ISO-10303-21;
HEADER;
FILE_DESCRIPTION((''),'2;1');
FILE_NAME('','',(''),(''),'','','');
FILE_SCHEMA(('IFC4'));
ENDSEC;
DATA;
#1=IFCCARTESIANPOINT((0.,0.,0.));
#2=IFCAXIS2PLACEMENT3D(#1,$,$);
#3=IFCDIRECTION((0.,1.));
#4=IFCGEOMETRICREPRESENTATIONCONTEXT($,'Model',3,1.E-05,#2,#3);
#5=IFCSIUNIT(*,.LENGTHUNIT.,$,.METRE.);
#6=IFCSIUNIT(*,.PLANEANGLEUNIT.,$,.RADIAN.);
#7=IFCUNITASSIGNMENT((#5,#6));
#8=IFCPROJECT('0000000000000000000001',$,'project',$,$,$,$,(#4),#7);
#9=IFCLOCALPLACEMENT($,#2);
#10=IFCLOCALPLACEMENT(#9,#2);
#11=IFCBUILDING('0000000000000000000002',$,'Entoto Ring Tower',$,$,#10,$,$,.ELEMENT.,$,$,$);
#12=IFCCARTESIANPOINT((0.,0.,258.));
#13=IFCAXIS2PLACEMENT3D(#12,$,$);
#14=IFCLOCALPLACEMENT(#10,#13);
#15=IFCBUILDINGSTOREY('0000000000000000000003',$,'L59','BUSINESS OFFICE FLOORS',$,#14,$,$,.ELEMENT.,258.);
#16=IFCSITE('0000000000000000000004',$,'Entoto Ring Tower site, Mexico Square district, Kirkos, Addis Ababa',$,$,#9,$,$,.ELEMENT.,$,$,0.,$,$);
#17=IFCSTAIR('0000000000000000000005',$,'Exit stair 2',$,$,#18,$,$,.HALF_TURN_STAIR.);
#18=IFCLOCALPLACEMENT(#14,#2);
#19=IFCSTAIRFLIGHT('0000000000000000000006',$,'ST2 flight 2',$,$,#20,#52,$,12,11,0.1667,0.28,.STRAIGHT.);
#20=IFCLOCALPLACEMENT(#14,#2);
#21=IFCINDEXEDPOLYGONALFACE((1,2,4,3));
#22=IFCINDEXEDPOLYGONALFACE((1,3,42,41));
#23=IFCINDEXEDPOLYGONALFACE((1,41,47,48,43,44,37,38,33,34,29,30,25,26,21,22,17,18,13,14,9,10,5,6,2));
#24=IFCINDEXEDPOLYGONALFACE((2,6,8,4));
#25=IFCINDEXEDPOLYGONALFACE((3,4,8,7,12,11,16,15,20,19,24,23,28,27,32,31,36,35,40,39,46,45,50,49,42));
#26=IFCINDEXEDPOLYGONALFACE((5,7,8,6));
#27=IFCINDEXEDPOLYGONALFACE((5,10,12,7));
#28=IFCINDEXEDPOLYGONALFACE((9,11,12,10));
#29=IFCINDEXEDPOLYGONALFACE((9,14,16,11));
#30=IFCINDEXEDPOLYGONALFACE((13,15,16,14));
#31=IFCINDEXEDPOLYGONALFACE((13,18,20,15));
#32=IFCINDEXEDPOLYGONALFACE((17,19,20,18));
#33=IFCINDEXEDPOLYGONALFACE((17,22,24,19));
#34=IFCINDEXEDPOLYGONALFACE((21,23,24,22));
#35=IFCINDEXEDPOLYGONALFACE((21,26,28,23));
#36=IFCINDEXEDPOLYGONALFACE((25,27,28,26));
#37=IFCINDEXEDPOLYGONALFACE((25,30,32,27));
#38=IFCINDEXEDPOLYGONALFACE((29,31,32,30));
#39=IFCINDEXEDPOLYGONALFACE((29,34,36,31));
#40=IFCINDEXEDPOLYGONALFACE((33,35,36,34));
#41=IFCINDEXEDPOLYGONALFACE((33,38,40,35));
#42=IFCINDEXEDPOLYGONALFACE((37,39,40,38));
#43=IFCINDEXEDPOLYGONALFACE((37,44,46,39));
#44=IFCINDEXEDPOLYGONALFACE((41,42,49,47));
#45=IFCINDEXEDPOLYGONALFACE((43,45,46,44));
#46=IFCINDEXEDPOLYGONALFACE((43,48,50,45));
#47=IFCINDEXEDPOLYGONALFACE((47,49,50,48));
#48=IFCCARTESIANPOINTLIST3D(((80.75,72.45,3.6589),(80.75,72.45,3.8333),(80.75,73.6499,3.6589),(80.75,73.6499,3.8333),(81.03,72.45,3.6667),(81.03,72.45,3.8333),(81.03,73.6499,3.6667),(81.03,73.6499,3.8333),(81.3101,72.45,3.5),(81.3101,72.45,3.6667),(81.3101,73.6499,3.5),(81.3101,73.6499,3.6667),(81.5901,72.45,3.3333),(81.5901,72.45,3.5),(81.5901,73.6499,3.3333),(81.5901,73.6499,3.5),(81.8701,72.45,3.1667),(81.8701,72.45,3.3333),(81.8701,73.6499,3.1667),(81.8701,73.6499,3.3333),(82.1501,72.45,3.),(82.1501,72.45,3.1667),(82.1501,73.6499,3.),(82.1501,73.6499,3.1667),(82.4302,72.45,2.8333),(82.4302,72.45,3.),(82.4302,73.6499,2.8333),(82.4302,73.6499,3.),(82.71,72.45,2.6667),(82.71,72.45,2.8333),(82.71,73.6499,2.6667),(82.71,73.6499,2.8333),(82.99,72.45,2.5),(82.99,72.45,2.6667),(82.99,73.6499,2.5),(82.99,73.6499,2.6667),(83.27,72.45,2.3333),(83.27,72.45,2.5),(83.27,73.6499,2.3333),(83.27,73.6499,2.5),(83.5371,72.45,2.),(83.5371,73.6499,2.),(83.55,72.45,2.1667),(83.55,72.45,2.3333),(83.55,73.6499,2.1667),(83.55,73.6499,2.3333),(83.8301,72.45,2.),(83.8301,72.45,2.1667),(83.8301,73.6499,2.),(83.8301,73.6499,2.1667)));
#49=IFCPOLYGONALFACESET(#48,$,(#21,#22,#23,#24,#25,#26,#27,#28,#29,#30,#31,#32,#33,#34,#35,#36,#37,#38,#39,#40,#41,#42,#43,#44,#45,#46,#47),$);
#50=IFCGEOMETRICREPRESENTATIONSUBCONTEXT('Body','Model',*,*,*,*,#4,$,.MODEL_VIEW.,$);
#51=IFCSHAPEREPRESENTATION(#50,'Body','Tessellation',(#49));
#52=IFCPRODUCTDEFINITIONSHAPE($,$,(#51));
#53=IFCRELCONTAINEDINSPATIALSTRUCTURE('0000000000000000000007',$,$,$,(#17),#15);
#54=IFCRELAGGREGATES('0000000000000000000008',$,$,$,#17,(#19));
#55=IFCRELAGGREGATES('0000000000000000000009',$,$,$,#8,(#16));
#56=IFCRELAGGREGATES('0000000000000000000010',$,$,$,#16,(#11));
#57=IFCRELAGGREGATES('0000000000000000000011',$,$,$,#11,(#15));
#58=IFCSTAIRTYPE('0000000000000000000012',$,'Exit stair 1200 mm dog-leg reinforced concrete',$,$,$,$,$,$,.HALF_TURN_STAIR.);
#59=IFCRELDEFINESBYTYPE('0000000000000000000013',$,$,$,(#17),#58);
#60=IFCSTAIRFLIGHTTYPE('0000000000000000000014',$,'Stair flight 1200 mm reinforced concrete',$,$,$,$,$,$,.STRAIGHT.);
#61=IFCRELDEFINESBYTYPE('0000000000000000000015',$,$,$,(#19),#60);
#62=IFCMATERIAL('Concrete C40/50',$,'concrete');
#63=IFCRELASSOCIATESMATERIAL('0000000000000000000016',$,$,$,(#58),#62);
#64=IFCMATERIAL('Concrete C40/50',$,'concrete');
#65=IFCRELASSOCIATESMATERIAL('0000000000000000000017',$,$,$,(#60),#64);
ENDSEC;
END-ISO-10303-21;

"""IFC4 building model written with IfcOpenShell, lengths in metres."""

from ifc_helpers import new_model, si_unit, direction, frame, origin, place, context, subcontext, project, spatial, polyline, outline, extrude, material, type_object, element, aggregate, save


model = new_model("IFC4")

# Units and contexts
model_context = context("Model", 3, precision=1e-05, world=origin(), true_north=direction((0.0, 1.0)))
body_context = subcontext(model_context, "Body", "Model", "MODEL_VIEW")
ifc_project = project(units=[si_unit("LENGTHUNIT", "METRE"), si_unit("PLANEANGLEUNIT", "RADIAN")], contexts=[model_context])

# Site, building, storey
site_placement = place(None, origin())
site = spatial("IfcSite", under=ifc_project, at=site_placement, Name="Entoto Ring Tower site, Mexico Square district, Kirkos, Addis Ababa", CompositionType="ELEMENT", RefElevation=0.0)
building_placement = place(site_placement, origin())
building = spatial("IfcBuilding", under=site, at=building_placement, Name="Entoto Ring Tower", CompositionType="ELEMENT")
storey_placement = place(building_placement, frame((0.0, 0.0, 258.0)))
storey = spatial("IfcBuildingStorey", under=building, at=storey_placement, Name="L59", Description="BUSINESS OFFICE FLOORS", CompositionType="ELEMENT", Elevation=258.0)

# Stair, stair flight
ifc_material_1 = material(Name="Concrete C40/50", Category="concrete")
stair_type = type_object("IfcStairType", Name="Exit stair 1200 mm dog-leg reinforced concrete", PredefinedType="HALF_TURN_STAIR", material=ifc_material_1)
stair_placement = place(storey_placement, origin())
stair = element("IfcStair", 1, at=stair_placement, inside=storey, type_object=stair_type, Name="Exit stair 2", PredefinedType="HALF_TURN_STAIR")
ifc_material_2 = material(Name="Concrete C40/50", Category="concrete")
stair_flight_type = type_object("IfcStairFlightType", Name="Stair flight 1200 mm reinforced concrete", PredefinedType="STRAIGHT", material=ifc_material_2)
stair_flight_1_placement = place(storey_placement, frame((83.8301, 73.05, 2.0), z_axis=(0.0, 0.0, 1.0), x_axis=(-1.0, 0.0, 0.0)))
stair_flight_1 = element("IfcStairFlight", 2, at=stair_flight_1_placement, type_object=stair_flight_type, Name="ST2 flight 2", NumberOfRisers=12, NumberOfTreads=11, PredefinedType="STRAIGHT", RiserHeight=0.1667, TreadLength=0.28, context=body_context, shape_type="SweptSolid", body=[
    extrude(outline(polyline([(0.0, 0.0), (0.0, 0.1667), (0.28, 0.1667), (0.28, 0.3333), (0.5601, 0.3333), (0.5601, 0.5), (0.8401, 0.5), (0.8401, 0.6667), (1.1201, 0.6667), (1.1201, 0.8333), (1.3999, 0.8333), (1.3999, 1.0), (1.6799, 1.0), (1.6799, 1.1667), (1.96, 1.1667), (1.96, 1.3333), (2.24, 1.3333), (2.24, 1.5), (2.52, 1.5), (2.52, 1.6667), (2.8, 1.6667), (2.8, 1.8333), (3.0801, 1.8333), (3.0801, 2.0), (3.0801, 1.6589), (0.293, 0.0), (0.0, 0.0)])), frame((0.0, 0.6001, 0.0), z_axis=(0.0, -1.0, 0.0), x_axis=(1.0, 0.0, 0.0)), (0.0, 0.0, 1.0), 1.2),
])
aggregate(stair, [stair_flight_1])

save(model, "model.ifc")
